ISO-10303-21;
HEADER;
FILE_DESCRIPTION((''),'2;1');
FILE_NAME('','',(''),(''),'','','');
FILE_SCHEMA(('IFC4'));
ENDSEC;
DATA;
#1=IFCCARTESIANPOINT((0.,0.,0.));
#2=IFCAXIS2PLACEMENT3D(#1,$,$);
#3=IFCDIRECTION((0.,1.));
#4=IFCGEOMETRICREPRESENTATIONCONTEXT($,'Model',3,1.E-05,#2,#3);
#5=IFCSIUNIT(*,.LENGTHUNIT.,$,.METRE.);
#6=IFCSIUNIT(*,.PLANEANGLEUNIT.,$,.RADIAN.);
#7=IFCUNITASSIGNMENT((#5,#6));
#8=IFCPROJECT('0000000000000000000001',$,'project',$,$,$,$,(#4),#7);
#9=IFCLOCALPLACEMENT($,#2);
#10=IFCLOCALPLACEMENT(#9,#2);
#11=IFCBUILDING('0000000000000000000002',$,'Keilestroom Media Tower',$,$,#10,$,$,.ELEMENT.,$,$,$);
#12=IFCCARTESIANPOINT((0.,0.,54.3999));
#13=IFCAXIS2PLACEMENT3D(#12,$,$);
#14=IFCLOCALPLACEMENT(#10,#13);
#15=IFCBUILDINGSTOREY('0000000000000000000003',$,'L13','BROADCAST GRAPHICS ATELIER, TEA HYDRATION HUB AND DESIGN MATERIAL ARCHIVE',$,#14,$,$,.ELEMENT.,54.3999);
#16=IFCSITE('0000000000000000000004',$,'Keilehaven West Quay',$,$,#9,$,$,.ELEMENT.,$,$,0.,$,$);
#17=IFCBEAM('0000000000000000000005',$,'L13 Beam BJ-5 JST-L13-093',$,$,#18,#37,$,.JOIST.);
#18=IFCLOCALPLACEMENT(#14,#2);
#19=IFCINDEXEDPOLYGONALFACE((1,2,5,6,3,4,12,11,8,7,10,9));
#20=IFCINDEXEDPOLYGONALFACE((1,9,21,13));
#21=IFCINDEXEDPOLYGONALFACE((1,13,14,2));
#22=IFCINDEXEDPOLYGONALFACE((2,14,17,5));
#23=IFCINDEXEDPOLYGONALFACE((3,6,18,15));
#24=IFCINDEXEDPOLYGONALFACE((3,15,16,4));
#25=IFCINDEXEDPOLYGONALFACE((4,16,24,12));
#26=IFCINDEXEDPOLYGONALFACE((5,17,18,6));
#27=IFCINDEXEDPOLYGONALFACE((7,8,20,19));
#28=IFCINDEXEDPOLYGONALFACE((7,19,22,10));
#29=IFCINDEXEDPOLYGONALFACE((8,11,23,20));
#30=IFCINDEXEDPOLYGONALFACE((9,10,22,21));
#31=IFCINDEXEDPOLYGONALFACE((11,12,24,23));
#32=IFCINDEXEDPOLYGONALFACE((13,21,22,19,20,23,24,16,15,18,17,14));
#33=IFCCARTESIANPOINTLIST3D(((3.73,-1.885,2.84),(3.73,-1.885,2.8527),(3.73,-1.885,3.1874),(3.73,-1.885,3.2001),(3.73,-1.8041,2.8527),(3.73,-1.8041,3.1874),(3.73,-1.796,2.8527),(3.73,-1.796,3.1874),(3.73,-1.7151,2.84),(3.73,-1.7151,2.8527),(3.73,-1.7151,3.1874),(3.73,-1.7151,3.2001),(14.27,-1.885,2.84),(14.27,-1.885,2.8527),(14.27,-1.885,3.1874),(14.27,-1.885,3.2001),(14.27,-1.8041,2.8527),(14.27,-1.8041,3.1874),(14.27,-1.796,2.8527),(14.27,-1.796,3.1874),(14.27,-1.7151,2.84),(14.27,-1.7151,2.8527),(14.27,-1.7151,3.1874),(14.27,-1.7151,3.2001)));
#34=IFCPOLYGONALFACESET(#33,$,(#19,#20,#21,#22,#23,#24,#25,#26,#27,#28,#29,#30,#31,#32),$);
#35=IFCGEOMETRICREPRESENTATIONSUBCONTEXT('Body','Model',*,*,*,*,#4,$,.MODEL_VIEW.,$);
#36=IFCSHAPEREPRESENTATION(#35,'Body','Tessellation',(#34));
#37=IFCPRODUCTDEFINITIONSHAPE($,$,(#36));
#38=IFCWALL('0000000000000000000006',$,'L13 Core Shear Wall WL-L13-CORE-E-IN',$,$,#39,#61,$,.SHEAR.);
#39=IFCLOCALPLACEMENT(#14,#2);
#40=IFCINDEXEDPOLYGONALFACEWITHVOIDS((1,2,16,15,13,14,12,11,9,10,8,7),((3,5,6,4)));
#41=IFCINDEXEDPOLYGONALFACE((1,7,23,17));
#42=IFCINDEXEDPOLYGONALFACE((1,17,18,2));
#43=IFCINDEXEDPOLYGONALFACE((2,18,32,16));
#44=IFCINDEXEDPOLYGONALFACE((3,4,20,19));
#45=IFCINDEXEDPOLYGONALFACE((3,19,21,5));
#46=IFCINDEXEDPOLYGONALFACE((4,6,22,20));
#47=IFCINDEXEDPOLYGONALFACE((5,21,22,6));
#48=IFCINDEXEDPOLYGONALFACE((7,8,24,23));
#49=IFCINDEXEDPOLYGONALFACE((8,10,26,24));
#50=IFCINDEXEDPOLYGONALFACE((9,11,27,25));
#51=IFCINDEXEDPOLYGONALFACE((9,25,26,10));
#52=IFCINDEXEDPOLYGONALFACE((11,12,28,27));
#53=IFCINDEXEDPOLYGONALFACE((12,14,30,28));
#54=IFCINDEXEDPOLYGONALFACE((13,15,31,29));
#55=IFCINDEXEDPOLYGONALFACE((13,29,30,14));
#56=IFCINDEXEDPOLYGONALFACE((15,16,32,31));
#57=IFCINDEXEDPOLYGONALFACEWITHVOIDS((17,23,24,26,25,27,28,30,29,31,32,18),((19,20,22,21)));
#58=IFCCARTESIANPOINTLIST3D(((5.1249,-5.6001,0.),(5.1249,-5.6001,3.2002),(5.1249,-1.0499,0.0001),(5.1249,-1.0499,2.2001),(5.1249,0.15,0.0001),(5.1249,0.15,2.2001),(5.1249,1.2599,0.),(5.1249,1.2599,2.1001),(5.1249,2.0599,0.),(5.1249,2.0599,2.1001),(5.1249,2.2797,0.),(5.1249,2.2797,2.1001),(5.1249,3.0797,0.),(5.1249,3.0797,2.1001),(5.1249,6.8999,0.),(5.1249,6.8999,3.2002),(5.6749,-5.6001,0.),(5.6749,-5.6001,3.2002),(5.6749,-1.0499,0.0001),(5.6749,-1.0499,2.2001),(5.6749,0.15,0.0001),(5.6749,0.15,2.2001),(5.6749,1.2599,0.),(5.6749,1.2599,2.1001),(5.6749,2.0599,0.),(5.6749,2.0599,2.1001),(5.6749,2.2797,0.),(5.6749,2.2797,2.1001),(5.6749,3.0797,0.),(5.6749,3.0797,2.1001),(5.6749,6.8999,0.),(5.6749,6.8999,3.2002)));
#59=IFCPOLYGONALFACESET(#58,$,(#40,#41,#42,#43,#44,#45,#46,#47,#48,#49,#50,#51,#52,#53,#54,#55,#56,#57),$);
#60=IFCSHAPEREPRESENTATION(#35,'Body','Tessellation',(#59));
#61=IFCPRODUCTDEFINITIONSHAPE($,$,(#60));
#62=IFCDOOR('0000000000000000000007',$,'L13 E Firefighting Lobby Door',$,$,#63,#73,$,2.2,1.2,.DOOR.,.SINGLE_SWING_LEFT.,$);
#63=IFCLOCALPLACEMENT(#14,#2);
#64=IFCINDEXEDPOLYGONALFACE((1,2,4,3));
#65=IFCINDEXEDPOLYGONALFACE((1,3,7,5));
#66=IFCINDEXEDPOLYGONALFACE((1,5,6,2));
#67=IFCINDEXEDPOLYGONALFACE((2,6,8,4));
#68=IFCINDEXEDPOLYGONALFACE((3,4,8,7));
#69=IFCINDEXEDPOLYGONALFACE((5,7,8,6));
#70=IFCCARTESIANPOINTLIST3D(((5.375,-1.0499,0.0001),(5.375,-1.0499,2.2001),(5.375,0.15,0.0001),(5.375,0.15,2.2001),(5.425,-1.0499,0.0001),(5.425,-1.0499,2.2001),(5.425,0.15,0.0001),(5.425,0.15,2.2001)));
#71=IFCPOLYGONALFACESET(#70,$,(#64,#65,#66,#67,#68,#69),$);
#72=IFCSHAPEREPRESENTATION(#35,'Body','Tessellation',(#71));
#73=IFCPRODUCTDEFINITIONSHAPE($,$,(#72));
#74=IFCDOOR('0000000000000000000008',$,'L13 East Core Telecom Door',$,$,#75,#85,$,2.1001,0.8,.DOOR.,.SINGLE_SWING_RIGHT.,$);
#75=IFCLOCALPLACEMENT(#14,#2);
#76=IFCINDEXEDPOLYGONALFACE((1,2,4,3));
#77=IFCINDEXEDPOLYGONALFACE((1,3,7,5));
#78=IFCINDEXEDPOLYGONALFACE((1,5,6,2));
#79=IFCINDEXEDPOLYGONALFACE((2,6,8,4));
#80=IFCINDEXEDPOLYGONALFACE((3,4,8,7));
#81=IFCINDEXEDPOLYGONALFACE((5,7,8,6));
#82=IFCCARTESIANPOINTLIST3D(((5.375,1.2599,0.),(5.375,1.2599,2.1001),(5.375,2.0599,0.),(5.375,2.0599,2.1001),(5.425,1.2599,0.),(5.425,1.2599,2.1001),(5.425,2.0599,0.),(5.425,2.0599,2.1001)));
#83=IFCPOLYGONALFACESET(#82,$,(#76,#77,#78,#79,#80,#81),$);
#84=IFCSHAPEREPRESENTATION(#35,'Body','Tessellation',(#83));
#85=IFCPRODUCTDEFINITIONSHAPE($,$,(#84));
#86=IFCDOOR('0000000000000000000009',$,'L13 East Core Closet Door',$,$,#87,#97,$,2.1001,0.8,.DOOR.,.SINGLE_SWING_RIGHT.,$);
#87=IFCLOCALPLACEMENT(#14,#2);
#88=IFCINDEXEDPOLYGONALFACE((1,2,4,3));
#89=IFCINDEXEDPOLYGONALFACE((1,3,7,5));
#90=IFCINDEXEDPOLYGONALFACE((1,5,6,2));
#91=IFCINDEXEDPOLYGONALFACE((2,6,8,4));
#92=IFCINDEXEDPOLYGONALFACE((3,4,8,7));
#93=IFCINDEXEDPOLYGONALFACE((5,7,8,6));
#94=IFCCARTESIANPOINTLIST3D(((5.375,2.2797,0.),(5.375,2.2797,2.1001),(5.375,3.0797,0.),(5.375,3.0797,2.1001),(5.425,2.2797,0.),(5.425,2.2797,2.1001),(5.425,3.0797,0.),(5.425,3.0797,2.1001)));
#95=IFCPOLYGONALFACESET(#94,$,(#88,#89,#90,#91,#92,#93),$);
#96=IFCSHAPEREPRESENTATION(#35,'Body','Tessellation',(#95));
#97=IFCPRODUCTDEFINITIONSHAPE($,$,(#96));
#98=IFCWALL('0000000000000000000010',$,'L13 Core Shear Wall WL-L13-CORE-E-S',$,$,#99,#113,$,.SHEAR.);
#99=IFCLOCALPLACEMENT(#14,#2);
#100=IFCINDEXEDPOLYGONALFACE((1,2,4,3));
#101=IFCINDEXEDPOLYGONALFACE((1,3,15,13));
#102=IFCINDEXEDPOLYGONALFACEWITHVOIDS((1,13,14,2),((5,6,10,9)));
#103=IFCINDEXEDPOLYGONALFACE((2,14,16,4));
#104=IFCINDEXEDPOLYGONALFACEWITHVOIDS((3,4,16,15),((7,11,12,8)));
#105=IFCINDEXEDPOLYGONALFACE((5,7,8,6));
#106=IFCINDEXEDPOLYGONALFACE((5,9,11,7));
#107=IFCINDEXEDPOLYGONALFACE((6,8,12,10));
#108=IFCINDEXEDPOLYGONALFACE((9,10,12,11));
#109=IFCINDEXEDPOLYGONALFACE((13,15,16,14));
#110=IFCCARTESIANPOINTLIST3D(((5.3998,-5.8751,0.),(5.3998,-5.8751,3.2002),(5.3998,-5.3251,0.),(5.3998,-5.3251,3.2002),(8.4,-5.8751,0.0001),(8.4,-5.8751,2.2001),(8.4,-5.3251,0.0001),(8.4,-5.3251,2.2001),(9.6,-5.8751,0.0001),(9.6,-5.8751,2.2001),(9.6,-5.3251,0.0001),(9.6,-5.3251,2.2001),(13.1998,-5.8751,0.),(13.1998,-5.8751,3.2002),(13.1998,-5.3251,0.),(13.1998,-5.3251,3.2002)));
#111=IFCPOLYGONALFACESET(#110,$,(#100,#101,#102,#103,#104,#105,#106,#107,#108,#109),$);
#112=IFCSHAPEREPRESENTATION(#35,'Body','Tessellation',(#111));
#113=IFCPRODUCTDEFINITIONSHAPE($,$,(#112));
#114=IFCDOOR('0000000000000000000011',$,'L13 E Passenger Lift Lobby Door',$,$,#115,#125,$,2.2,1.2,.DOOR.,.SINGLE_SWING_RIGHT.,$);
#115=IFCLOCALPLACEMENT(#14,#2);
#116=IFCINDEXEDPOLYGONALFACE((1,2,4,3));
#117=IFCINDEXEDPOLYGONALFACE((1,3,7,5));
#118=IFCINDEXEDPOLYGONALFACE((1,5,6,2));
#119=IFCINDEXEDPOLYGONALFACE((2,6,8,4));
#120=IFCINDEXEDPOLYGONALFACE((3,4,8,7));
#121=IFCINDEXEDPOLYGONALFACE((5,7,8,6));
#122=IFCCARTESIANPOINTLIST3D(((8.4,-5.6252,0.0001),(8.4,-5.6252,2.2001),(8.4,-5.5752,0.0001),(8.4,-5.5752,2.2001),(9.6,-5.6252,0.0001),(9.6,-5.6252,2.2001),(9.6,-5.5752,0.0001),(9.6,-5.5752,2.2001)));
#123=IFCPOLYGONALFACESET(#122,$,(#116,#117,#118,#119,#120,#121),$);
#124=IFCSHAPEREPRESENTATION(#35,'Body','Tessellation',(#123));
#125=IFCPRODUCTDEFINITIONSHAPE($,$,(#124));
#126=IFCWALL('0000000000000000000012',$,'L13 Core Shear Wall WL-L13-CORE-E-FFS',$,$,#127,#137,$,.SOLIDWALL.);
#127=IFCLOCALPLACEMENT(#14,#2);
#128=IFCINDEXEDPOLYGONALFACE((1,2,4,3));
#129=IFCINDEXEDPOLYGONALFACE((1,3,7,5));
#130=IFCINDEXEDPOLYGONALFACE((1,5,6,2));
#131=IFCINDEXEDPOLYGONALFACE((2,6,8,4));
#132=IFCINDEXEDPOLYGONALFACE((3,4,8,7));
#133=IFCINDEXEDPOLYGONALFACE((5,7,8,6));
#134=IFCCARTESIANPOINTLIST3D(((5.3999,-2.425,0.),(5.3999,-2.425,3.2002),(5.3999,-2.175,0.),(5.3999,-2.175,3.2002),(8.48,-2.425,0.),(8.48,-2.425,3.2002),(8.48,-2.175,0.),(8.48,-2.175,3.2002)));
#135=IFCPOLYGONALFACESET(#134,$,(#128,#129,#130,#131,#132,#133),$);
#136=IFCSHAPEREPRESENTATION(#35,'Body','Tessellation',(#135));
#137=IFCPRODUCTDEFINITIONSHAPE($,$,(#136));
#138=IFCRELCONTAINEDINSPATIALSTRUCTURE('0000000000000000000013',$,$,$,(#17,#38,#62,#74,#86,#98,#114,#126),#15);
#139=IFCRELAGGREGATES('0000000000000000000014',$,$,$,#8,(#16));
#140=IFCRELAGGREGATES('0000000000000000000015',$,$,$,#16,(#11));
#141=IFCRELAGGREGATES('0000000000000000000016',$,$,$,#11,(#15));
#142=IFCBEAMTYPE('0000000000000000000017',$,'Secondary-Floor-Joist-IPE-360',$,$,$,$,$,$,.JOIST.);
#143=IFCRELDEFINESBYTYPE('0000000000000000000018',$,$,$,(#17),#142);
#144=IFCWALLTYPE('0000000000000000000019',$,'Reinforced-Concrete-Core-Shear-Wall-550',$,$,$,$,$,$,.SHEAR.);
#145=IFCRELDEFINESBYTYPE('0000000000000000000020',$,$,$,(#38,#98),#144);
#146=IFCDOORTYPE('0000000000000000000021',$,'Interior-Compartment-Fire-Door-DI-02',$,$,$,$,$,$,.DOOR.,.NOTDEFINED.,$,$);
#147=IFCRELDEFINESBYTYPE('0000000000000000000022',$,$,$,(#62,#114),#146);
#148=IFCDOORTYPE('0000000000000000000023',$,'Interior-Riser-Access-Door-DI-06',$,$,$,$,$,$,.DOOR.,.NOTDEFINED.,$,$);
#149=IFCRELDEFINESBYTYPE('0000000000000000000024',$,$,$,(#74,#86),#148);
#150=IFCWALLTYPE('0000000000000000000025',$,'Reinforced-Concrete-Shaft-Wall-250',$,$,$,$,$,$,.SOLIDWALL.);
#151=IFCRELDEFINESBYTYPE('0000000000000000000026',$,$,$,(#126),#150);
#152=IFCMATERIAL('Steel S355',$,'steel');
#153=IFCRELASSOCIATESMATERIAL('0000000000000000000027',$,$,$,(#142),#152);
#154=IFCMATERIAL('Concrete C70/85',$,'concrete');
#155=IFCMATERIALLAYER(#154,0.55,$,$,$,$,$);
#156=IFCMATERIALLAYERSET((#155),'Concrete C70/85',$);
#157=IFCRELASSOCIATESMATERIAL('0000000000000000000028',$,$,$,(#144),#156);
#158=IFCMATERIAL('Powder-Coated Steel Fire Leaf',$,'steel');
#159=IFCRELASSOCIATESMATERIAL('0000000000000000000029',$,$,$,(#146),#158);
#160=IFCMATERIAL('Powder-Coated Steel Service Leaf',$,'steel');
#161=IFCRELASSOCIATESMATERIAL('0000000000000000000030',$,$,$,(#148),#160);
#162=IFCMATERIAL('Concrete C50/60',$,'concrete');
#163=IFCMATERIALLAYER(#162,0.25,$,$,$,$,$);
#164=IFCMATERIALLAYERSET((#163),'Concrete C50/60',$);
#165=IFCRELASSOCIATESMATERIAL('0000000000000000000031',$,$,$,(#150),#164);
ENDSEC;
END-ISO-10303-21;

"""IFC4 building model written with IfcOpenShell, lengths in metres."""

from ifc_helpers import new_model, si_unit, direction, frame, frame_2d, origin, origin_2d, place, context, subcontext, project, spatial, rectangle, i_section, extrude, source, transform, mapped, material, layer, layer_set, material_profile, profile_set, type_object, element, fill, save


model = new_model("IFC4")

# Units and contexts
model_context = context("Model", 3, precision=1e-05, world=origin(), true_north=direction((0.0, 1.0)))
body_context = subcontext(model_context, "Body", "Model", "MODEL_VIEW")
ifc_project = project(units=[si_unit("LENGTHUNIT", "METRE"), si_unit("PLANEANGLEUNIT", "RADIAN")], contexts=[model_context])

# Site, building, storey
site_placement = place(None, origin())
site = spatial("IfcSite", under=ifc_project, at=site_placement, Name="Keilehaven West Quay", CompositionType="ELEMENT", RefElevation=0.0)
building_placement = place(site_placement, origin())
building = spatial("IfcBuilding", under=site, at=building_placement, Name="Keilestroom Media Tower", CompositionType="ELEMENT")
storey_placement = place(building_placement, frame((0.0, 0.0, 54.3999)))
storey = spatial("IfcBuildingStorey", under=building, at=storey_placement, Name="L13", Description="BROADCAST GRAPHICS ATELIER, TEA HYDRATION HUB AND DESIGN MATERIAL ARCHIVE", CompositionType="ELEMENT", Elevation=54.3999)

# Shared definitions
ifc_material_1 = material(Name="Concrete C70/85", Category="concrete")

# Beam
ifc_material_2 = material(Name="Steel S355", Category="steel")
ifc_material_profile_1 = material_profile(ifc_material_2, i_section(OverallWidth=0.1699, OverallDepth=0.3601, WebThickness=0.0081, FlangeThickness=0.0127, at=origin_2d()), Name="IPE 360")
ifc_profile_set_1 = profile_set([ifc_material_profile_1], Name="Steel S355")
beam_type_1 = type_object("IfcBeamType", Name="Secondary-Floor-Joist-IPE-360", PredefinedType="JOIST", material=ifc_profile_set_1)
shared_shape_1 = source(origin(), body_context, "Body", "SweptSolid", [
    extrude(i_section(OverallWidth=0.1699, OverallDepth=0.3601, WebThickness=0.0081, FlangeThickness=0.0127, at=origin_2d()), origin(), (0.0, 0.0, 1.0), 10.54),
])
beam_1_placement = place(storey_placement, frame((3.73, -1.8, 3.02), z_axis=(1.0, 0.0, 0.0), x_axis=(0.0, 1.0, 0.0)))
element("IfcBeam", 1, at=beam_1_placement, inside=storey, type_object=beam_type_1, Name="L13 Beam BJ-5 JST-L13-093", PredefinedType="JOIST", context=body_context, shape_type="MappedRepresentation", body=[
    mapped(shared_shape_1, transform((0.0, 0.0, 0.0), x_axis=(1.0, 0.0, 0.0), y_axis=(0.0, 1.0, 0.0), z_axis=(0.0, 0.0, 1.0), scale=1.0)),
])

# Wall, openings, doors
ifc_layer_1 = layer(ifc_material_1, 0.55)
ifc_layer_set_1 = layer_set([ifc_layer_1], Name="Concrete C70/85")
wall_type_1 = type_object("IfcWallType", Name="Reinforced-Concrete-Core-Shear-Wall-550", PredefinedType="SHEAR", material=ifc_layer_set_1)
wall_1_placement = place(storey_placement, frame((5.3999, -5.6001, 0.0), z_axis=(0.0, 0.0, 1.0), x_axis=(0.0, 1.0, 0.0)))
wall_1 = element("IfcWall", 2, at=wall_1_placement, inside=storey, type_object=wall_type_1, Name="L13 Core Shear Wall WL-L13-CORE-E-IN", PredefinedType="SHEAR", context=body_context, shape_type="SweptSolid", body=[
    extrude(rectangle(XDim=12.5, YDim=0.55, at=frame_2d((6.25, 0.0))), origin(), (0.0, 0.0, 1.0), 3.2002),
])
opening_1_placement = place(wall_1_placement, frame((4.55, 0.0, 0.0)))
opening_1 = element("IfcOpeningElement", 3, at=opening_1_placement, cuts=wall_1, PredefinedType="OPENING", context=body_context, shape_type="SweptSolid", body=[
    extrude(rectangle(XDim=1.2, YDim=2.2, at=frame_2d((0.6001, 1.1001))), frame((0.0, 0.2852, 0.0), z_axis=(0.0, -1.0, 0.0), x_axis=(1.0, 0.0, 0.0)), (0.0, 0.0, 1.0), 0.5701),
])
opening_2_placement = place(wall_1_placement, frame((6.8601, 0.0, 0.0)))
opening_2 = element("IfcOpeningElement", 4, at=opening_2_placement, cuts=wall_1, PredefinedType="OPENING", context=body_context, shape_type="SweptSolid", body=[
    extrude(rectangle(XDim=0.8, YDim=2.1001, at=frame_2d((0.3999, 1.05))), frame((0.0, 0.2852, 0.0), z_axis=(0.0, -1.0, 0.0), x_axis=(1.0, 0.0, 0.0)), (0.0, 0.0, 1.0), 0.5701),
])
opening_3_placement = place(wall_1_placement, frame((7.8799, 0.0, 0.0)))
opening_3 = element("IfcOpeningElement", 5, at=opening_3_placement, cuts=wall_1, PredefinedType="OPENING", context=body_context, shape_type="SweptSolid", body=[
    extrude(rectangle(XDim=0.8, YDim=2.1001, at=frame_2d((0.3999, 1.05))), frame((0.0, 0.2852, 0.0), z_axis=(0.0, -1.0, 0.0), x_axis=(1.0, 0.0, 0.0)), (0.0, 0.0, 1.0), 0.5701),
])
ifc_material_3 = material(Name="Powder-Coated Steel Fire Leaf", Category="steel")
door_type_1 = type_object("IfcDoorType", Name="Interior-Compartment-Fire-Door-DI-02", OperationType="NOTDEFINED", PredefinedType="DOOR", material=ifc_material_3)
shared_shape_2 = source(origin(), body_context, "Body", "SweptSolid", [
    extrude(rectangle(XDim=1.2, YDim=2.2, at=frame_2d((0.6001, 1.1001))), frame((0.0, 0.0249, 0.0), z_axis=(0.0, -1.0, 0.0), x_axis=(1.0, 0.0, 0.0)), (0.0, 0.0, 1.0), 0.05),
])
door_1_placement = place(opening_1_placement, origin())
door_1 = element("IfcDoor", 6, at=door_1_placement, inside=storey, type_object=door_type_1, Name="L13 E Firefighting Lobby Door", OperationType="SINGLE_SWING_LEFT", OverallHeight=2.2, OverallWidth=1.2, PredefinedType="DOOR", context=body_context, shape_type="MappedRepresentation", body=[
    mapped(shared_shape_2, transform((0.0, 0.0, 0.0), x_axis=(1.0, 0.0, 0.0), y_axis=(0.0, 1.0, 0.0), z_axis=(0.0, 0.0, 1.0), scale=1.0)),
])
fill(opening_1, door_1)
ifc_material_4 = material(Name="Powder-Coated Steel Service Leaf", Category="steel")
door_type_2 = type_object("IfcDoorType", Name="Interior-Riser-Access-Door-DI-06", OperationType="NOTDEFINED", PredefinedType="DOOR", material=ifc_material_4)
shared_shape_3 = source(origin(), body_context, "Body", "SweptSolid", [
    extrude(rectangle(XDim=0.8, YDim=2.1001, at=frame_2d((0.3999, 1.05))), frame((0.0, 0.0249, 0.0), z_axis=(0.0, -1.0, 0.0), x_axis=(1.0, 0.0, 0.0)), (0.0, 0.0, 1.0), 0.05),
])
door_2_placement = place(opening_2_placement, origin())
door_2 = element("IfcDoor", 7, at=door_2_placement, inside=storey, type_object=door_type_2, Name="L13 East Core Telecom Door", OperationType="SINGLE_SWING_RIGHT", OverallHeight=2.1001, OverallWidth=0.8, PredefinedType="DOOR", context=body_context, shape_type="MappedRepresentation", body=[
    mapped(shared_shape_3, transform((0.0, 0.0, 0.0), x_axis=(1.0, 0.0, 0.0), y_axis=(0.0, 1.0, 0.0), z_axis=(0.0, 0.0, 1.0), scale=1.0)),
])
fill(opening_2, door_2)
door_3_placement = place(opening_3_placement, origin())
door_3 = element("IfcDoor", 8, at=door_3_placement, inside=storey, type_object=door_type_2, Name="L13 East Core Closet Door", OperationType="SINGLE_SWING_RIGHT", OverallHeight=2.1001, OverallWidth=0.8, PredefinedType="DOOR", context=body_context, shape_type="MappedRepresentation", body=[
    mapped(shared_shape_3, transform((0.0, 0.0, 0.0), x_axis=(1.0, 0.0, 0.0), y_axis=(0.0, 1.0, 0.0), z_axis=(0.0, 0.0, 1.0), scale=1.0)),
])
fill(opening_3, door_3)

# Wall, opening, door
wall_2_placement = place(storey_placement, frame((5.3999, -5.6001, 0.0), z_axis=(0.0, 0.0, 1.0), x_axis=(1.0, 0.0, 0.0)))
wall_2 = element("IfcWall", 9, at=wall_2_placement, inside=storey, type_object=wall_type_1, Name="L13 Core Shear Wall WL-L13-CORE-E-S", PredefinedType="SHEAR", context=body_context, shape_type="SweptSolid", body=[
    extrude(rectangle(XDim=7.8, YDim=0.55, at=frame_2d((3.8999, 0.0))), origin(), (0.0, 0.0, 1.0), 3.2002),
])
opening_4_placement = place(wall_2_placement, frame((3.0, 0.0, 0.0)))
opening_4 = element("IfcOpeningElement", 10, at=opening_4_placement, cuts=wall_2, PredefinedType="OPENING", context=body_context, shape_type="SweptSolid", body=[
    extrude(rectangle(XDim=1.2, YDim=2.2, at=frame_2d((0.6001, 1.1001))), frame((0.0, 0.2852, 0.0), z_axis=(0.0, -1.0, 0.0), x_axis=(1.0, 0.0, 0.0)), (0.0, 0.0, 1.0), 0.5701),
])
door_4_placement = place(opening_4_placement, origin())
door_4 = element("IfcDoor", 11, at=door_4_placement, inside=storey, type_object=door_type_1, Name="L13 E Passenger Lift Lobby Door", OperationType="SINGLE_SWING_RIGHT", OverallHeight=2.2, OverallWidth=1.2, PredefinedType="DOOR", context=body_context, shape_type="MappedRepresentation", body=[
    mapped(shared_shape_2, transform((0.0, 0.0, 0.0), x_axis=(1.0, 0.0, 0.0), y_axis=(0.0, 1.0, 0.0), z_axis=(0.0, 0.0, 1.0), scale=1.0)),
])
fill(opening_4, door_4)

# Wall
ifc_material_5 = material(Name="Concrete C50/60", Category="concrete")
ifc_layer_2 = layer(ifc_material_5, 0.25)
ifc_layer_set_2 = layer_set([ifc_layer_2], Name="Concrete C50/60")
wall_type_2 = type_object("IfcWallType", Name="Reinforced-Concrete-Shaft-Wall-250", PredefinedType="SOLIDWALL", material=ifc_layer_set_2)
wall_3_placement = place(storey_placement, frame((5.3999, -2.3, 0.0), z_axis=(0.0, 0.0, 1.0), x_axis=(1.0, 0.0, 0.0)))
element("IfcWall", 12, at=wall_3_placement, inside=storey, type_object=wall_type_2, Name="L13 Core Shear Wall WL-L13-CORE-E-FFS", PredefinedType="SOLIDWALL", context=body_context, shape_type="SweptSolid", body=[
    extrude(rectangle(XDim=3.0801, YDim=0.25, at=frame_2d((1.54, 0.0))), origin(), (0.0, 0.0, 1.0), 3.2002),
])

save(model, "model.ifc")
